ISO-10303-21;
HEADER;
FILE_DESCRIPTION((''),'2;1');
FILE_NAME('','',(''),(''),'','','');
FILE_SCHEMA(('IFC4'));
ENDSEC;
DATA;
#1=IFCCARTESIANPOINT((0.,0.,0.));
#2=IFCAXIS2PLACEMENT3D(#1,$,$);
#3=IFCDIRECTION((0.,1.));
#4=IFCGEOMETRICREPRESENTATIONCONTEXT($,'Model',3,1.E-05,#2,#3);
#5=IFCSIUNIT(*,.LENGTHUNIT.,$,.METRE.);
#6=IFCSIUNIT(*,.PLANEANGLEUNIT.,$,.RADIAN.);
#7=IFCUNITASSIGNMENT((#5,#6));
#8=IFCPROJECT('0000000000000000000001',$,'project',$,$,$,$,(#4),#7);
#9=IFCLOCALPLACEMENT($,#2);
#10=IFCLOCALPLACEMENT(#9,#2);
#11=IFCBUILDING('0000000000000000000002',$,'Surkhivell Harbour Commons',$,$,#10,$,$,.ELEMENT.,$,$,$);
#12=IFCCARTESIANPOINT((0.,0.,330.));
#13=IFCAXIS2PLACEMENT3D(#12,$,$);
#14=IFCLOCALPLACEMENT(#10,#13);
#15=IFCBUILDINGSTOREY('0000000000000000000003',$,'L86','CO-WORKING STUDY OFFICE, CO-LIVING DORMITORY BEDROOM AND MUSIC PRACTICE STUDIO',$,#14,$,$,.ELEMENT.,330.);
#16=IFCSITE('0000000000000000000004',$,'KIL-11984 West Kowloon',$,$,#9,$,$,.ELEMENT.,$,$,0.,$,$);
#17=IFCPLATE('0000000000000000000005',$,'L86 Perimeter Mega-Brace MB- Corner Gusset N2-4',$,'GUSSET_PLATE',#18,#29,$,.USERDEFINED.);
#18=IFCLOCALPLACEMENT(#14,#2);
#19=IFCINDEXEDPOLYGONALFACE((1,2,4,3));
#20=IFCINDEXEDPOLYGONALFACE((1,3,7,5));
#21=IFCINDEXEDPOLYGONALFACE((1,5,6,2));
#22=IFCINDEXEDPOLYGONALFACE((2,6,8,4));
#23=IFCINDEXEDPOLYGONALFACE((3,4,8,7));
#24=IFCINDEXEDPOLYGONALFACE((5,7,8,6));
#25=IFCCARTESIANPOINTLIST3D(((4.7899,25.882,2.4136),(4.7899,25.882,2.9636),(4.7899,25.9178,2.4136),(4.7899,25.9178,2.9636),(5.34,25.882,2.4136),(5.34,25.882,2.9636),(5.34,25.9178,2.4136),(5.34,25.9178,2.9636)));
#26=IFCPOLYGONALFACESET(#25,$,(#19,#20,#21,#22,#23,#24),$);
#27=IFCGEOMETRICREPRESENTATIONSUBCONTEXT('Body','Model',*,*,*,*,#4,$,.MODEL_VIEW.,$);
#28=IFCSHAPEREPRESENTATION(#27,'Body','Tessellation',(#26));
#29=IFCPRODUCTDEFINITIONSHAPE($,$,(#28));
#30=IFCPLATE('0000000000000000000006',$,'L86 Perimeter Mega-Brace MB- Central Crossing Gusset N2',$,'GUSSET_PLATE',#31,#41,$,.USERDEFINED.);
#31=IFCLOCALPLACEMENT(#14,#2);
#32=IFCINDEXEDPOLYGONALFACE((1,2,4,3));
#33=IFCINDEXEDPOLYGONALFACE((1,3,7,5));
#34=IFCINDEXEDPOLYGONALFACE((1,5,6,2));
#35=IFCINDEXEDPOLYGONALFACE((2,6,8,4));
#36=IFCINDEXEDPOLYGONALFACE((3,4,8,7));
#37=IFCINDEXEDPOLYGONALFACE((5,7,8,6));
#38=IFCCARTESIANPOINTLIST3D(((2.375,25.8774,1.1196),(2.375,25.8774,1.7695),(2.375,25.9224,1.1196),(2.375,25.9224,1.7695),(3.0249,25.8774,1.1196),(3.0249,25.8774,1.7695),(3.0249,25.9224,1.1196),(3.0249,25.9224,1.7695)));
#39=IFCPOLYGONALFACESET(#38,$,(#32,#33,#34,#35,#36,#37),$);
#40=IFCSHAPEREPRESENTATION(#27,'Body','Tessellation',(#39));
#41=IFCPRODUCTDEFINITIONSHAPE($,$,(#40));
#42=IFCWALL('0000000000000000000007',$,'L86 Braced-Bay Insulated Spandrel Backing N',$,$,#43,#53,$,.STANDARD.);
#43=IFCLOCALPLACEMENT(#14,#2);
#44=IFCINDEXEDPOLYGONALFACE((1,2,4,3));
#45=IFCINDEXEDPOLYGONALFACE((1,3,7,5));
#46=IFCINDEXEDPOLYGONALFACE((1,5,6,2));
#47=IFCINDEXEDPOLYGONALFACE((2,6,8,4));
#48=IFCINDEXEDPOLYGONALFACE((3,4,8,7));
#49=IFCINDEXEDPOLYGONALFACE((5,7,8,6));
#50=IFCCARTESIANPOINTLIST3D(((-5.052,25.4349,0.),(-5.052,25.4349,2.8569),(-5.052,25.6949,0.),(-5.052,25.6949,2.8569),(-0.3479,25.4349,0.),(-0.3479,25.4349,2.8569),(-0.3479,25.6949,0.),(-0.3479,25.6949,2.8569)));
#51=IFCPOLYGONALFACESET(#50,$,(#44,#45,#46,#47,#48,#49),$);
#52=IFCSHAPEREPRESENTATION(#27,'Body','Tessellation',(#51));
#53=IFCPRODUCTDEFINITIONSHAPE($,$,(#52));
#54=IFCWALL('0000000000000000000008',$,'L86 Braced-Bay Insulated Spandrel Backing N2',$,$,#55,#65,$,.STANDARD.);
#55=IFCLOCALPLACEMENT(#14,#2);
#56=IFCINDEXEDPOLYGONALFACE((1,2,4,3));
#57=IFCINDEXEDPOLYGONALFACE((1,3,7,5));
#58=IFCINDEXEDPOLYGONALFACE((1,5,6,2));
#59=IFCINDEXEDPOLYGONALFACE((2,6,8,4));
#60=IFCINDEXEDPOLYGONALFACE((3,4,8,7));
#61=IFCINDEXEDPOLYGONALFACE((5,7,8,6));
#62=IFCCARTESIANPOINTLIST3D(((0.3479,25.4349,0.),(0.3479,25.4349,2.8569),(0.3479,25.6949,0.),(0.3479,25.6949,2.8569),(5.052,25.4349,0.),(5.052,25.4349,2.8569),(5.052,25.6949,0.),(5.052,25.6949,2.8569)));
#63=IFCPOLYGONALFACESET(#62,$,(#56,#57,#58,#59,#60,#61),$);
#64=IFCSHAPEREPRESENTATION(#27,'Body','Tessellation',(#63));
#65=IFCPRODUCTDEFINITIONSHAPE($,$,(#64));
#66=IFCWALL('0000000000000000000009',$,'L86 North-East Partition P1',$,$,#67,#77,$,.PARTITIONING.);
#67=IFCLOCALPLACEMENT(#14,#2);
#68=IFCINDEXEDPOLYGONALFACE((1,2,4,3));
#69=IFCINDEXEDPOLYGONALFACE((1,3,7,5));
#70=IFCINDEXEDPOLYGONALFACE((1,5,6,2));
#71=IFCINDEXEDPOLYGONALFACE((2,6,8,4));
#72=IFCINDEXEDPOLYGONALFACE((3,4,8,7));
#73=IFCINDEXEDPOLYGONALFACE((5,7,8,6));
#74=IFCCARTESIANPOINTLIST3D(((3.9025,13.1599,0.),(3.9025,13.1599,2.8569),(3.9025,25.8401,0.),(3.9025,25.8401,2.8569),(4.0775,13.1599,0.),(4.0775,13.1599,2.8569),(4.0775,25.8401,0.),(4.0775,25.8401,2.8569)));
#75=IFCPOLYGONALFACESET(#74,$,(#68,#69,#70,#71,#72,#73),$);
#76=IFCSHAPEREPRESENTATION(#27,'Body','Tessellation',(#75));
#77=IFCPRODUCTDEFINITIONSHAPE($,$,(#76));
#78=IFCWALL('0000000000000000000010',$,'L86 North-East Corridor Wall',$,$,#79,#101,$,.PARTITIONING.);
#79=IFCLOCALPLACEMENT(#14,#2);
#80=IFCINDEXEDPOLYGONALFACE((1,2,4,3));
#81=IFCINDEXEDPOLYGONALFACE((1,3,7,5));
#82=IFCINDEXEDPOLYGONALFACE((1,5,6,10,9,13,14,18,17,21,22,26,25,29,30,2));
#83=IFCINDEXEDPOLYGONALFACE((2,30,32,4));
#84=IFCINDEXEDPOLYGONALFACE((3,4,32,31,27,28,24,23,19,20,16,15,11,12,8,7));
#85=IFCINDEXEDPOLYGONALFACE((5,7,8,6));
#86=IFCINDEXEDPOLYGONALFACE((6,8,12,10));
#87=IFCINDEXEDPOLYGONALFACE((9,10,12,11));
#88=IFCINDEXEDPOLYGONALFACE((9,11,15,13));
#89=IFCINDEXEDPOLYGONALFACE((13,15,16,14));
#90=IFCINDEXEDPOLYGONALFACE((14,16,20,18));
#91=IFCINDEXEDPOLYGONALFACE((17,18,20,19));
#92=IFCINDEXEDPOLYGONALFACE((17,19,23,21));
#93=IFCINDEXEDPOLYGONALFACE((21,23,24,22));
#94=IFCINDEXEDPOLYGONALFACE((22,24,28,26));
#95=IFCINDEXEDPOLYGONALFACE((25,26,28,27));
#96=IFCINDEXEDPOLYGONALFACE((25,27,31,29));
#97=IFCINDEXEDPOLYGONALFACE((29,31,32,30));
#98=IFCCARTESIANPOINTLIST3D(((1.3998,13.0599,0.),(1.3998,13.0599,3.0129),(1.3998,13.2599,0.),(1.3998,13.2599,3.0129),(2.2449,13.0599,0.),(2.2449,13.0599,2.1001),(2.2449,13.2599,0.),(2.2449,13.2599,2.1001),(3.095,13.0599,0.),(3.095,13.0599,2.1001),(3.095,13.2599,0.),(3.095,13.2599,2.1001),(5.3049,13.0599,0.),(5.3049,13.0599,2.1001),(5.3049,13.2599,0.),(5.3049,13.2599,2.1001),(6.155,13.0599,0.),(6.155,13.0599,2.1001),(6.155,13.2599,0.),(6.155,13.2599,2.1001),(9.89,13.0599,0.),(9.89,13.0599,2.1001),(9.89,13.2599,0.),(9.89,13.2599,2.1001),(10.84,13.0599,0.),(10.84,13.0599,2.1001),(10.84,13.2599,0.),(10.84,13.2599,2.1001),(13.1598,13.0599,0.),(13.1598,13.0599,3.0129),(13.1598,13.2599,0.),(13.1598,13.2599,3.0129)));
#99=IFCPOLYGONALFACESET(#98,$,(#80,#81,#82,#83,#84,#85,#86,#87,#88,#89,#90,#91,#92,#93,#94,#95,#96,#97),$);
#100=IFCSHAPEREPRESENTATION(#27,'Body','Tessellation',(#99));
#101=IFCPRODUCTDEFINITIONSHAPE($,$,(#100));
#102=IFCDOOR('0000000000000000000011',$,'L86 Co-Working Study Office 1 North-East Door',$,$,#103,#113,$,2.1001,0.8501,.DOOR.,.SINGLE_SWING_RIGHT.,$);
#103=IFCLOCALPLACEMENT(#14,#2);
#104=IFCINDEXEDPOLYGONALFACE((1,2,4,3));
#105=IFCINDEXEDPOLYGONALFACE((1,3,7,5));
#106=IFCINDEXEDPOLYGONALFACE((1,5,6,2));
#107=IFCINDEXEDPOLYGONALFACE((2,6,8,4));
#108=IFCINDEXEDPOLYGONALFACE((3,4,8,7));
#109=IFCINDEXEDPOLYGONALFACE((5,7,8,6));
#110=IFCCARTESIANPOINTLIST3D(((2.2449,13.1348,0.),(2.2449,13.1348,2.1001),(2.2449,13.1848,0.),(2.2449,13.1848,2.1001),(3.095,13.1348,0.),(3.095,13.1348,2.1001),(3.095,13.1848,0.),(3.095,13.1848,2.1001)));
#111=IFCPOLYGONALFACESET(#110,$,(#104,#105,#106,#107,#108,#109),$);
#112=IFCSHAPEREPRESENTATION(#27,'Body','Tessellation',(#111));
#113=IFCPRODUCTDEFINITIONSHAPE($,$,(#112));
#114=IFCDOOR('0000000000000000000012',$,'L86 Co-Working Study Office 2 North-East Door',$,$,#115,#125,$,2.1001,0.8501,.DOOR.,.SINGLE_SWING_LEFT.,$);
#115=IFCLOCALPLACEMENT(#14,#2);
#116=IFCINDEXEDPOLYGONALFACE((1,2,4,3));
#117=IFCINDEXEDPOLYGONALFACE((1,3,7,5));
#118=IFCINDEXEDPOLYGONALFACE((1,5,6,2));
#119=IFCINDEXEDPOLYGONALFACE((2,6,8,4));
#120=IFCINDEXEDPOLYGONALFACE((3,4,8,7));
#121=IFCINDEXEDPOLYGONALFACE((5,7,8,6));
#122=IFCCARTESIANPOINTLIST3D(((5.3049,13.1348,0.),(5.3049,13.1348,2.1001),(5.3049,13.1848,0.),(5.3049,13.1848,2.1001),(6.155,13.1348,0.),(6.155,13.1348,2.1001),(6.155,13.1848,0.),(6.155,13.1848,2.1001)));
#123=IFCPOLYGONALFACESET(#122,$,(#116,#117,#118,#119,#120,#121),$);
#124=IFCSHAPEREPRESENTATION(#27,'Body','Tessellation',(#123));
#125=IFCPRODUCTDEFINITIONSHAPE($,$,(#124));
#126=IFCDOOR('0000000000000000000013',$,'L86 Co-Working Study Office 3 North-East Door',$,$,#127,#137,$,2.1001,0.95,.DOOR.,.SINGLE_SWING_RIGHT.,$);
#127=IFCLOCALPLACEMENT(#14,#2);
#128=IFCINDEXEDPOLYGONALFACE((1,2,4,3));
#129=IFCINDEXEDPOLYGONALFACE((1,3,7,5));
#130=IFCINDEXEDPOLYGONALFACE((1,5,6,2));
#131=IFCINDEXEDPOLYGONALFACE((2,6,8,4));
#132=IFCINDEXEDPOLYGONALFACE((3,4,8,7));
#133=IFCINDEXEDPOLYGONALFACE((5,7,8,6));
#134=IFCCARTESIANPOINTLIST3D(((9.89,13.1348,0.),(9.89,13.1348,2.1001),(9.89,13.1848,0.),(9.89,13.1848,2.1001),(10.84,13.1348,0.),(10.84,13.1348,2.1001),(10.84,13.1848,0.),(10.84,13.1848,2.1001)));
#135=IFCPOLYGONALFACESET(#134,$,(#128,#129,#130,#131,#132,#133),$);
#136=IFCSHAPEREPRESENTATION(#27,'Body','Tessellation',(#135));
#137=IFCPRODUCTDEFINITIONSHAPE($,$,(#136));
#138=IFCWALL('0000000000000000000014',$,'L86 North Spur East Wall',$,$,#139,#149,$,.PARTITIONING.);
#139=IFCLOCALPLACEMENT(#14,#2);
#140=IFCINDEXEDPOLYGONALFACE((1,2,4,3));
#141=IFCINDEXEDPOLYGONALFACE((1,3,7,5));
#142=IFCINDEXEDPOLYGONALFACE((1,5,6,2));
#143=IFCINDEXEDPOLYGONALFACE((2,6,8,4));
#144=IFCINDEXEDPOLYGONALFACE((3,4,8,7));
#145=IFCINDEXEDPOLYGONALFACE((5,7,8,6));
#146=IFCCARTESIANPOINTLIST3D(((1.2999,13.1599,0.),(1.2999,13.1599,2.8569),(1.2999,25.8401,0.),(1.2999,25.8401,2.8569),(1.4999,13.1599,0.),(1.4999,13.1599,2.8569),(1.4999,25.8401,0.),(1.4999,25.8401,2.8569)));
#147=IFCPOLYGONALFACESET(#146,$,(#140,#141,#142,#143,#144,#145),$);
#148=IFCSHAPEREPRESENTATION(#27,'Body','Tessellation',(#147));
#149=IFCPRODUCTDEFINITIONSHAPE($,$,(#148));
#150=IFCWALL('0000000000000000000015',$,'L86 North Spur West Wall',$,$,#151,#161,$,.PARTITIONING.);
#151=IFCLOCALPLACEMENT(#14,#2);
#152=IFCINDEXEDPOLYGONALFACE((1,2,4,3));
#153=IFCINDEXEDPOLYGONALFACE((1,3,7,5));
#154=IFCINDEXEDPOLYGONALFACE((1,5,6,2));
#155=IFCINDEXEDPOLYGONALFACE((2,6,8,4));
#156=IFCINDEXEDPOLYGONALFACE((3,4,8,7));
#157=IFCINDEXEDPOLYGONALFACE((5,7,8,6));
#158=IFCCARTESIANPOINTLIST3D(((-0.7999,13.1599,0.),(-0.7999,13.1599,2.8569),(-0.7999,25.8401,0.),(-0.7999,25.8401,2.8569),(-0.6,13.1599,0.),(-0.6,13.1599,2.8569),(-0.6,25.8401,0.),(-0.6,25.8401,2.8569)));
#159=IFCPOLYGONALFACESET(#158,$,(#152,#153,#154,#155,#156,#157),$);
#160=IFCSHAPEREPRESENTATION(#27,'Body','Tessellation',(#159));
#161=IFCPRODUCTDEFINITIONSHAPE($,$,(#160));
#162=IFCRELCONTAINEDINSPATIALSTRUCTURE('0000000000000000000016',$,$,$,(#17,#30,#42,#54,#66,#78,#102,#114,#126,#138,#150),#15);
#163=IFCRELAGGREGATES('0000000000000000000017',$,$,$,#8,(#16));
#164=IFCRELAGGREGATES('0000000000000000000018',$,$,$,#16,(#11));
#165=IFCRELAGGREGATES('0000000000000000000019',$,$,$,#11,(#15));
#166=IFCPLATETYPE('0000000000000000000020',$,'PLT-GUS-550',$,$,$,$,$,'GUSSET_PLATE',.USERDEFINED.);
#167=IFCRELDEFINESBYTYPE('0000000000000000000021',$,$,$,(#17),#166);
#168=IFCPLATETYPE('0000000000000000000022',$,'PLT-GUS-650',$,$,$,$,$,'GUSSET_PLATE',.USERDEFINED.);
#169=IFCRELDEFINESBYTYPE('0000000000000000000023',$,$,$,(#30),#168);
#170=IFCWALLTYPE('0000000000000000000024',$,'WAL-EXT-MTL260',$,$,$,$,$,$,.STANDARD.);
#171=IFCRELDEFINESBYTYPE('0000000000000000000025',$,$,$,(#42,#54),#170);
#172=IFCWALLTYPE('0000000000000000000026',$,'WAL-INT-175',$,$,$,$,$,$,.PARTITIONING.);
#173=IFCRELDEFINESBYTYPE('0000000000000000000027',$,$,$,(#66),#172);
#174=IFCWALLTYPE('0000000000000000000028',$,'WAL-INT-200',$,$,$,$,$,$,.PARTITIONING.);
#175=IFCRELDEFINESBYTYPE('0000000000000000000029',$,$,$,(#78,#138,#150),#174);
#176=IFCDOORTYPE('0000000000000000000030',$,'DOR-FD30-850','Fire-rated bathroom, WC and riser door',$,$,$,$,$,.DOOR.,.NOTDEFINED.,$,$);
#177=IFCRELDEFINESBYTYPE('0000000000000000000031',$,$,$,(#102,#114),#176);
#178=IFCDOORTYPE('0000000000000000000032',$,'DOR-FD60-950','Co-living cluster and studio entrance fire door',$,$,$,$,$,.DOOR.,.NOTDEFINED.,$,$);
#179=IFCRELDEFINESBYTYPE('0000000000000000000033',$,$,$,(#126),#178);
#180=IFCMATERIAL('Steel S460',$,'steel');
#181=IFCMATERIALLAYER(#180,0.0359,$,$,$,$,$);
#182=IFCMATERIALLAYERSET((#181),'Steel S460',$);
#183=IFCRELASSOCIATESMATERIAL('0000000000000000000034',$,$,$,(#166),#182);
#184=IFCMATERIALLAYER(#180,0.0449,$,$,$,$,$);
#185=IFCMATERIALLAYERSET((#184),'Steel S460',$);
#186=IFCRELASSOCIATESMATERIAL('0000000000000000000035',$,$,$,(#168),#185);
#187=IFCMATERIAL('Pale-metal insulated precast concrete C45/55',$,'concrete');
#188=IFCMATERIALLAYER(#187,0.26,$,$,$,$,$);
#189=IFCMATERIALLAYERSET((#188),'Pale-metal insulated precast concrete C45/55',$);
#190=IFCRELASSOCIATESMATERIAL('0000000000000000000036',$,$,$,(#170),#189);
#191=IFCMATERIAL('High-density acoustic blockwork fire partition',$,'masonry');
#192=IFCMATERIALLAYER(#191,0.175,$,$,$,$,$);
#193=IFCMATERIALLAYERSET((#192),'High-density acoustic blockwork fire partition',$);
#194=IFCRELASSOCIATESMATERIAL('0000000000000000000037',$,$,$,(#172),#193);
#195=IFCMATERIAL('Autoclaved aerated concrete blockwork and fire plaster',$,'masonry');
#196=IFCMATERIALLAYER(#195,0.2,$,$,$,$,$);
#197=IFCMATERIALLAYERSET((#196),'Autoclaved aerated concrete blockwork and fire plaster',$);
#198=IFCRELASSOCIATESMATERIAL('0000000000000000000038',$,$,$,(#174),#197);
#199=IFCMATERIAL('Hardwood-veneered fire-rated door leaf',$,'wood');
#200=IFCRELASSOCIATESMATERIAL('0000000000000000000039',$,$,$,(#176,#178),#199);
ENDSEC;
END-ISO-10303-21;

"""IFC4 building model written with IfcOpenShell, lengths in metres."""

from ifc_helpers import new_model, si_unit, direction, frame, frame_2d, origin, origin_2d, place, context, subcontext, project, spatial, rectangle, extrude, material, layer, layer_set, type_object, element, fill, save


model = new_model("IFC4")

# Units and contexts
model_context = context("Model", 3, precision=1e-05, world=origin(), true_north=direction((0.0, 1.0)))
body_context = subcontext(model_context, "Body", "Model", "MODEL_VIEW")
ifc_project = project(units=[si_unit("LENGTHUNIT", "METRE"), si_unit("PLANEANGLEUNIT", "RADIAN")], contexts=[model_context])

# Site, building, storey
site_placement = place(None, origin())
site = spatial("IfcSite", under=ifc_project, at=site_placement, Name="KIL-11984 West Kowloon", CompositionType="ELEMENT", RefElevation=0.0)
building_placement = place(site_placement, origin())
building = spatial("IfcBuilding", under=site, at=building_placement, Name="Surkhivell Harbour Commons", CompositionType="ELEMENT")
storey_placement = place(building_placement, frame((0.0, 0.0, 330.0)))
storey = spatial("IfcBuildingStorey", under=building, at=storey_placement, Name="L86", Description="CO-WORKING STUDY OFFICE, CO-LIVING DORMITORY BEDROOM AND MUSIC PRACTICE STUDIO", CompositionType="ELEMENT", Elevation=330.0)

# Plates
ifc_material_1 = material(Name="Steel S460", Category="steel")
ifc_layer_1 = layer(ifc_material_1, 0.0359)
ifc_layer_set_1 = layer_set([ifc_layer_1], Name="Steel S460")
plate_type_1 = type_object("IfcPlateType", Name="PLT-GUS-550", ElementType="GUSSET_PLATE", PredefinedType="USERDEFINED", material=ifc_layer_set_1)
for number, where, z_axis, x_axis, name in (
    (1, (5.0649, 25.8999, 2.4136), (0.0, 0.0, 1.0), (1.0, 0.0, 0.0), "L86 Perimeter Mega-Brace MB- Corner Gusset N2-4"),
):
    element("IfcPlate", number, at=place(storey_placement, frame(where, z_axis=z_axis, x_axis=x_axis)), inside=storey, type_object=plate_type_1, Name=name, ObjectType="GUSSET_PLATE", PredefinedType="USERDEFINED", context=body_context, shape_type="SweptSolid", body=[
        extrude(rectangle(XDim=0.55, YDim=0.0359, at=origin_2d()), origin(), (0.0, 0.0, 1.0), 0.55),
    ])
ifc_layer_2 = layer(ifc_material_1, 0.0449)
ifc_layer_set_2 = layer_set([ifc_layer_2], Name="Steel S460")
plate_type_2 = type_object("IfcPlateType", Name="PLT-GUS-650", ElementType="GUSSET_PLATE", PredefinedType="USERDEFINED", material=ifc_layer_set_2)
plate_placement = place(storey_placement, frame((2.7, 25.8999, 1.1196), z_axis=(0.0, 0.0, 1.0), x_axis=(1.0, 0.0, 0.0)))
element("IfcPlate", 2, at=plate_placement, inside=storey, type_object=plate_type_2, Name="L86 Perimeter Mega-Brace MB- Central Crossing Gusset N2", ObjectType="GUSSET_PLATE", PredefinedType="USERDEFINED", context=body_context, shape_type="SweptSolid", body=[
    extrude(rectangle(XDim=0.6499, YDim=0.0449, at=origin_2d()), origin(), (0.0, 0.0, 1.0), 0.6499),
])

# Walls
ifc_material_2 = material(Name="Pale-metal insulated precast concrete C45/55", Category="concrete")
ifc_layer_3 = layer(ifc_material_2, 0.26)
ifc_layer_set_3 = layer_set([ifc_layer_3], Name="Pale-metal insulated precast concrete C45/55")
wall_type_1 = type_object("IfcWallType", Name="WAL-EXT-MTL260", PredefinedType="STANDARD", material=ifc_layer_set_3)
for number, where, z_axis, x_axis, name in (
    (3, (-0.3479, 25.5649, 0.0), (0.0, 0.0, 1.0), (-1.0, 0.0, 0.0), "L86 Braced-Bay Insulated Spandrel Backing N"),
    (4, (5.052, 25.5649, 0.0), (0.0, 0.0, 1.0), (-1.0, 0.0, 0.0), "L86 Braced-Bay Insulated Spandrel Backing N2"),
):
    element("IfcWall", number, at=place(storey_placement, frame(where, z_axis=z_axis, x_axis=x_axis)), inside=storey, type_object=wall_type_1, Name=name, PredefinedType="STANDARD", context=body_context, shape_type="SweptSolid", body=[
        extrude(rectangle(XDim=4.7041, YDim=0.26, at=frame_2d((2.3521, 0.0))), origin(), (0.0, 0.0, 1.0), 2.8569),
    ])
ifc_material_3 = material(Name="High-density acoustic blockwork fire partition", Category="masonry")
ifc_layer_4 = layer(ifc_material_3, 0.175)
ifc_layer_set_4 = layer_set([ifc_layer_4], Name="High-density acoustic blockwork fire partition")
wall_type_2 = type_object("IfcWallType", Name="WAL-INT-175", PredefinedType="PARTITIONING", material=ifc_layer_set_4)
wall_1_placement = place(storey_placement, frame((3.99, 13.1599, 0.0), z_axis=(0.0, 0.0, 1.0), x_axis=(0.0, 1.0, 0.0)))
element("IfcWall", 5, at=wall_1_placement, inside=storey, type_object=wall_type_2, Name="L86 North-East Partition P1", PredefinedType="PARTITIONING", context=body_context, shape_type="SweptSolid", body=[
    extrude(rectangle(XDim=12.6802, YDim=0.175, at=frame_2d((6.3401, 0.0))), origin(), (0.0, 0.0, 1.0), 2.8569),
])

# Wall, openings, doors
ifc_material_4 = material(Name="Autoclaved aerated concrete blockwork and fire plaster", Category="masonry")
ifc_layer_5 = layer(ifc_material_4, 0.2)
ifc_layer_set_5 = layer_set([ifc_layer_5], Name="Autoclaved aerated concrete blockwork and fire plaster")
wall_type_3 = type_object("IfcWallType", Name="WAL-INT-200", PredefinedType="PARTITIONING", material=ifc_layer_set_5)
wall_2_placement = place(storey_placement, frame((1.3999, 13.1599, 0.0), z_axis=(0.0, 0.0, 1.0), x_axis=(1.0, 0.0, 0.0)))
wall_2 = element("IfcWall", 6, at=wall_2_placement, inside=storey, type_object=wall_type_3, Name="L86 North-East Corridor Wall", PredefinedType="PARTITIONING", context=body_context, shape_type="SweptSolid", body=[
    extrude(rectangle(XDim=11.76, YDim=0.2, at=frame_2d((5.8799, 0.0))), origin(), (0.0, 0.0, 1.0), 3.0129),
])
opening_1_placement = place(wall_2_placement, frame((0.845, 0.0, 0.0)))
opening_1 = element("IfcOpeningElement", 7, at=opening_1_placement, cuts=wall_2, PredefinedType="OPENING", context=body_context, shape_type="SweptSolid", body=[
    extrude(rectangle(XDim=0.8501, YDim=2.1001, at=frame_2d((0.425, 1.05))), frame((0.0, 0.1099, 0.0), z_axis=(0.0, -1.0, 0.0), x_axis=(1.0, 0.0, 0.0)), (0.0, 0.0, 1.0), 0.22),
])
opening_2_placement = place(wall_2_placement, frame((3.905, 0.0, 0.0)))
opening_2 = element("IfcOpeningElement", 8, at=opening_2_placement, cuts=wall_2, PredefinedType="OPENING", context=body_context, shape_type="SweptSolid", body=[
    extrude(rectangle(XDim=0.8501, YDim=2.1001, at=frame_2d((0.425, 1.05))), frame((0.0, 0.1099, 0.0), z_axis=(0.0, -1.0, 0.0), x_axis=(1.0, 0.0, 0.0)), (0.0, 0.0, 1.0), 0.22),
])
opening_3_placement = place(wall_2_placement, frame((8.49, 0.0, 0.0)))
opening_3 = element("IfcOpeningElement", 9, at=opening_3_placement, cuts=wall_2, PredefinedType="OPENING", context=body_context, shape_type="SweptSolid", body=[
    extrude(rectangle(XDim=0.95, YDim=2.1001, at=frame_2d((0.4751, 1.05))), frame((0.0, 0.1099, 0.0), z_axis=(0.0, -1.0, 0.0), x_axis=(1.0, 0.0, 0.0)), (0.0, 0.0, 1.0), 0.22),
])
ifc_material_5 = material(Name="Hardwood-veneered fire-rated door leaf", Category="wood")
door_type_1 = type_object("IfcDoorType", Name="DOR-FD30-850", Description="Fire-rated bathroom, WC and riser door", OperationType="NOTDEFINED", PredefinedType="DOOR", material=ifc_material_5)
door_1_placement = place(opening_1_placement, origin())
door_1 = element("IfcDoor", 10, at=door_1_placement, inside=storey, type_object=door_type_1, Name="L86 Co-Working Study Office 1 North-East Door", OperationType="SINGLE_SWING_RIGHT", OverallHeight=2.1001, OverallWidth=0.8501, PredefinedType="DOOR", context=body_context, shape_type="SweptSolid", body=[
    extrude(rectangle(XDim=0.8501, YDim=2.1001, at=frame_2d((0.425, 1.05))), frame((0.0, 0.0249, 0.0), z_axis=(0.0, -1.0, 0.0), x_axis=(1.0, 0.0, 0.0)), (0.0, 0.0, 1.0), 0.05),
])
fill(opening_1, door_1)
door_2_placement = place(opening_2_placement, origin())
door_2 = element("IfcDoor", 11, at=door_2_placement, inside=storey, type_object=door_type_1, Name="L86 Co-Working Study Office 2 North-East Door", OperationType="SINGLE_SWING_LEFT", OverallHeight=2.1001, OverallWidth=0.8501, PredefinedType="DOOR", context=body_context, shape_type="SweptSolid", body=[
    extrude(rectangle(XDim=0.8501, YDim=2.1001, at=frame_2d((0.425, 1.05))), frame((0.0, 0.0249, 0.0), z_axis=(0.0, -1.0, 0.0), x_axis=(1.0, 0.0, 0.0)), (0.0, 0.0, 1.0), 0.05),
])
fill(opening_2, door_2)
door_type_2 = type_object("IfcDoorType", Name="DOR-FD60-950", Description="Co-living cluster and studio entrance fire door", OperationType="NOTDEFINED", PredefinedType="DOOR", material=ifc_material_5)
door_3_placement = place(opening_3_placement, origin())
door_3 = element("IfcDoor", 12, at=door_3_placement, inside=storey, type_object=door_type_2, Name="L86 Co-Working Study Office 3 North-East Door", OperationType="SINGLE_SWING_RIGHT", OverallHeight=2.1001, OverallWidth=0.95, PredefinedType="DOOR", context=body_context, shape_type="SweptSolid", body=[
    extrude(rectangle(XDim=0.95, YDim=2.1001, at=frame_2d((0.4751, 1.05))), frame((0.0, 0.0249, 0.0), z_axis=(0.0, -1.0, 0.0), x_axis=(1.0, 0.0, 0.0)), (0.0, 0.0, 1.0), 0.05),
])
fill(opening_3, door_3)

# Walls
for number, where, z_axis, x_axis, name in (
    (13, (1.3999, 13.1599, 0.0), (0.0, 0.0, 1.0), (0.0, 1.0, 0.0), "L86 North Spur East Wall"),
    (14, (-0.7, 13.1599, 0.0), (0.0, 0.0, 1.0), (0.0, 1.0, 0.0), "L86 North Spur West Wall"),
):
    element("IfcWall", number, at=place(storey_placement, frame(where, z_axis=z_axis, x_axis=x_axis)), inside=storey, type_object=wall_type_3, Name=name, PredefinedType="PARTITIONING", context=body_context, shape_type="SweptSolid", body=[
        extrude(rectangle(XDim=12.6802, YDim=0.2, at=frame_2d((6.3401, 0.0))), origin(), (0.0, 0.0, 1.0), 2.8569),
    ])

save(model, "model.ifc")
